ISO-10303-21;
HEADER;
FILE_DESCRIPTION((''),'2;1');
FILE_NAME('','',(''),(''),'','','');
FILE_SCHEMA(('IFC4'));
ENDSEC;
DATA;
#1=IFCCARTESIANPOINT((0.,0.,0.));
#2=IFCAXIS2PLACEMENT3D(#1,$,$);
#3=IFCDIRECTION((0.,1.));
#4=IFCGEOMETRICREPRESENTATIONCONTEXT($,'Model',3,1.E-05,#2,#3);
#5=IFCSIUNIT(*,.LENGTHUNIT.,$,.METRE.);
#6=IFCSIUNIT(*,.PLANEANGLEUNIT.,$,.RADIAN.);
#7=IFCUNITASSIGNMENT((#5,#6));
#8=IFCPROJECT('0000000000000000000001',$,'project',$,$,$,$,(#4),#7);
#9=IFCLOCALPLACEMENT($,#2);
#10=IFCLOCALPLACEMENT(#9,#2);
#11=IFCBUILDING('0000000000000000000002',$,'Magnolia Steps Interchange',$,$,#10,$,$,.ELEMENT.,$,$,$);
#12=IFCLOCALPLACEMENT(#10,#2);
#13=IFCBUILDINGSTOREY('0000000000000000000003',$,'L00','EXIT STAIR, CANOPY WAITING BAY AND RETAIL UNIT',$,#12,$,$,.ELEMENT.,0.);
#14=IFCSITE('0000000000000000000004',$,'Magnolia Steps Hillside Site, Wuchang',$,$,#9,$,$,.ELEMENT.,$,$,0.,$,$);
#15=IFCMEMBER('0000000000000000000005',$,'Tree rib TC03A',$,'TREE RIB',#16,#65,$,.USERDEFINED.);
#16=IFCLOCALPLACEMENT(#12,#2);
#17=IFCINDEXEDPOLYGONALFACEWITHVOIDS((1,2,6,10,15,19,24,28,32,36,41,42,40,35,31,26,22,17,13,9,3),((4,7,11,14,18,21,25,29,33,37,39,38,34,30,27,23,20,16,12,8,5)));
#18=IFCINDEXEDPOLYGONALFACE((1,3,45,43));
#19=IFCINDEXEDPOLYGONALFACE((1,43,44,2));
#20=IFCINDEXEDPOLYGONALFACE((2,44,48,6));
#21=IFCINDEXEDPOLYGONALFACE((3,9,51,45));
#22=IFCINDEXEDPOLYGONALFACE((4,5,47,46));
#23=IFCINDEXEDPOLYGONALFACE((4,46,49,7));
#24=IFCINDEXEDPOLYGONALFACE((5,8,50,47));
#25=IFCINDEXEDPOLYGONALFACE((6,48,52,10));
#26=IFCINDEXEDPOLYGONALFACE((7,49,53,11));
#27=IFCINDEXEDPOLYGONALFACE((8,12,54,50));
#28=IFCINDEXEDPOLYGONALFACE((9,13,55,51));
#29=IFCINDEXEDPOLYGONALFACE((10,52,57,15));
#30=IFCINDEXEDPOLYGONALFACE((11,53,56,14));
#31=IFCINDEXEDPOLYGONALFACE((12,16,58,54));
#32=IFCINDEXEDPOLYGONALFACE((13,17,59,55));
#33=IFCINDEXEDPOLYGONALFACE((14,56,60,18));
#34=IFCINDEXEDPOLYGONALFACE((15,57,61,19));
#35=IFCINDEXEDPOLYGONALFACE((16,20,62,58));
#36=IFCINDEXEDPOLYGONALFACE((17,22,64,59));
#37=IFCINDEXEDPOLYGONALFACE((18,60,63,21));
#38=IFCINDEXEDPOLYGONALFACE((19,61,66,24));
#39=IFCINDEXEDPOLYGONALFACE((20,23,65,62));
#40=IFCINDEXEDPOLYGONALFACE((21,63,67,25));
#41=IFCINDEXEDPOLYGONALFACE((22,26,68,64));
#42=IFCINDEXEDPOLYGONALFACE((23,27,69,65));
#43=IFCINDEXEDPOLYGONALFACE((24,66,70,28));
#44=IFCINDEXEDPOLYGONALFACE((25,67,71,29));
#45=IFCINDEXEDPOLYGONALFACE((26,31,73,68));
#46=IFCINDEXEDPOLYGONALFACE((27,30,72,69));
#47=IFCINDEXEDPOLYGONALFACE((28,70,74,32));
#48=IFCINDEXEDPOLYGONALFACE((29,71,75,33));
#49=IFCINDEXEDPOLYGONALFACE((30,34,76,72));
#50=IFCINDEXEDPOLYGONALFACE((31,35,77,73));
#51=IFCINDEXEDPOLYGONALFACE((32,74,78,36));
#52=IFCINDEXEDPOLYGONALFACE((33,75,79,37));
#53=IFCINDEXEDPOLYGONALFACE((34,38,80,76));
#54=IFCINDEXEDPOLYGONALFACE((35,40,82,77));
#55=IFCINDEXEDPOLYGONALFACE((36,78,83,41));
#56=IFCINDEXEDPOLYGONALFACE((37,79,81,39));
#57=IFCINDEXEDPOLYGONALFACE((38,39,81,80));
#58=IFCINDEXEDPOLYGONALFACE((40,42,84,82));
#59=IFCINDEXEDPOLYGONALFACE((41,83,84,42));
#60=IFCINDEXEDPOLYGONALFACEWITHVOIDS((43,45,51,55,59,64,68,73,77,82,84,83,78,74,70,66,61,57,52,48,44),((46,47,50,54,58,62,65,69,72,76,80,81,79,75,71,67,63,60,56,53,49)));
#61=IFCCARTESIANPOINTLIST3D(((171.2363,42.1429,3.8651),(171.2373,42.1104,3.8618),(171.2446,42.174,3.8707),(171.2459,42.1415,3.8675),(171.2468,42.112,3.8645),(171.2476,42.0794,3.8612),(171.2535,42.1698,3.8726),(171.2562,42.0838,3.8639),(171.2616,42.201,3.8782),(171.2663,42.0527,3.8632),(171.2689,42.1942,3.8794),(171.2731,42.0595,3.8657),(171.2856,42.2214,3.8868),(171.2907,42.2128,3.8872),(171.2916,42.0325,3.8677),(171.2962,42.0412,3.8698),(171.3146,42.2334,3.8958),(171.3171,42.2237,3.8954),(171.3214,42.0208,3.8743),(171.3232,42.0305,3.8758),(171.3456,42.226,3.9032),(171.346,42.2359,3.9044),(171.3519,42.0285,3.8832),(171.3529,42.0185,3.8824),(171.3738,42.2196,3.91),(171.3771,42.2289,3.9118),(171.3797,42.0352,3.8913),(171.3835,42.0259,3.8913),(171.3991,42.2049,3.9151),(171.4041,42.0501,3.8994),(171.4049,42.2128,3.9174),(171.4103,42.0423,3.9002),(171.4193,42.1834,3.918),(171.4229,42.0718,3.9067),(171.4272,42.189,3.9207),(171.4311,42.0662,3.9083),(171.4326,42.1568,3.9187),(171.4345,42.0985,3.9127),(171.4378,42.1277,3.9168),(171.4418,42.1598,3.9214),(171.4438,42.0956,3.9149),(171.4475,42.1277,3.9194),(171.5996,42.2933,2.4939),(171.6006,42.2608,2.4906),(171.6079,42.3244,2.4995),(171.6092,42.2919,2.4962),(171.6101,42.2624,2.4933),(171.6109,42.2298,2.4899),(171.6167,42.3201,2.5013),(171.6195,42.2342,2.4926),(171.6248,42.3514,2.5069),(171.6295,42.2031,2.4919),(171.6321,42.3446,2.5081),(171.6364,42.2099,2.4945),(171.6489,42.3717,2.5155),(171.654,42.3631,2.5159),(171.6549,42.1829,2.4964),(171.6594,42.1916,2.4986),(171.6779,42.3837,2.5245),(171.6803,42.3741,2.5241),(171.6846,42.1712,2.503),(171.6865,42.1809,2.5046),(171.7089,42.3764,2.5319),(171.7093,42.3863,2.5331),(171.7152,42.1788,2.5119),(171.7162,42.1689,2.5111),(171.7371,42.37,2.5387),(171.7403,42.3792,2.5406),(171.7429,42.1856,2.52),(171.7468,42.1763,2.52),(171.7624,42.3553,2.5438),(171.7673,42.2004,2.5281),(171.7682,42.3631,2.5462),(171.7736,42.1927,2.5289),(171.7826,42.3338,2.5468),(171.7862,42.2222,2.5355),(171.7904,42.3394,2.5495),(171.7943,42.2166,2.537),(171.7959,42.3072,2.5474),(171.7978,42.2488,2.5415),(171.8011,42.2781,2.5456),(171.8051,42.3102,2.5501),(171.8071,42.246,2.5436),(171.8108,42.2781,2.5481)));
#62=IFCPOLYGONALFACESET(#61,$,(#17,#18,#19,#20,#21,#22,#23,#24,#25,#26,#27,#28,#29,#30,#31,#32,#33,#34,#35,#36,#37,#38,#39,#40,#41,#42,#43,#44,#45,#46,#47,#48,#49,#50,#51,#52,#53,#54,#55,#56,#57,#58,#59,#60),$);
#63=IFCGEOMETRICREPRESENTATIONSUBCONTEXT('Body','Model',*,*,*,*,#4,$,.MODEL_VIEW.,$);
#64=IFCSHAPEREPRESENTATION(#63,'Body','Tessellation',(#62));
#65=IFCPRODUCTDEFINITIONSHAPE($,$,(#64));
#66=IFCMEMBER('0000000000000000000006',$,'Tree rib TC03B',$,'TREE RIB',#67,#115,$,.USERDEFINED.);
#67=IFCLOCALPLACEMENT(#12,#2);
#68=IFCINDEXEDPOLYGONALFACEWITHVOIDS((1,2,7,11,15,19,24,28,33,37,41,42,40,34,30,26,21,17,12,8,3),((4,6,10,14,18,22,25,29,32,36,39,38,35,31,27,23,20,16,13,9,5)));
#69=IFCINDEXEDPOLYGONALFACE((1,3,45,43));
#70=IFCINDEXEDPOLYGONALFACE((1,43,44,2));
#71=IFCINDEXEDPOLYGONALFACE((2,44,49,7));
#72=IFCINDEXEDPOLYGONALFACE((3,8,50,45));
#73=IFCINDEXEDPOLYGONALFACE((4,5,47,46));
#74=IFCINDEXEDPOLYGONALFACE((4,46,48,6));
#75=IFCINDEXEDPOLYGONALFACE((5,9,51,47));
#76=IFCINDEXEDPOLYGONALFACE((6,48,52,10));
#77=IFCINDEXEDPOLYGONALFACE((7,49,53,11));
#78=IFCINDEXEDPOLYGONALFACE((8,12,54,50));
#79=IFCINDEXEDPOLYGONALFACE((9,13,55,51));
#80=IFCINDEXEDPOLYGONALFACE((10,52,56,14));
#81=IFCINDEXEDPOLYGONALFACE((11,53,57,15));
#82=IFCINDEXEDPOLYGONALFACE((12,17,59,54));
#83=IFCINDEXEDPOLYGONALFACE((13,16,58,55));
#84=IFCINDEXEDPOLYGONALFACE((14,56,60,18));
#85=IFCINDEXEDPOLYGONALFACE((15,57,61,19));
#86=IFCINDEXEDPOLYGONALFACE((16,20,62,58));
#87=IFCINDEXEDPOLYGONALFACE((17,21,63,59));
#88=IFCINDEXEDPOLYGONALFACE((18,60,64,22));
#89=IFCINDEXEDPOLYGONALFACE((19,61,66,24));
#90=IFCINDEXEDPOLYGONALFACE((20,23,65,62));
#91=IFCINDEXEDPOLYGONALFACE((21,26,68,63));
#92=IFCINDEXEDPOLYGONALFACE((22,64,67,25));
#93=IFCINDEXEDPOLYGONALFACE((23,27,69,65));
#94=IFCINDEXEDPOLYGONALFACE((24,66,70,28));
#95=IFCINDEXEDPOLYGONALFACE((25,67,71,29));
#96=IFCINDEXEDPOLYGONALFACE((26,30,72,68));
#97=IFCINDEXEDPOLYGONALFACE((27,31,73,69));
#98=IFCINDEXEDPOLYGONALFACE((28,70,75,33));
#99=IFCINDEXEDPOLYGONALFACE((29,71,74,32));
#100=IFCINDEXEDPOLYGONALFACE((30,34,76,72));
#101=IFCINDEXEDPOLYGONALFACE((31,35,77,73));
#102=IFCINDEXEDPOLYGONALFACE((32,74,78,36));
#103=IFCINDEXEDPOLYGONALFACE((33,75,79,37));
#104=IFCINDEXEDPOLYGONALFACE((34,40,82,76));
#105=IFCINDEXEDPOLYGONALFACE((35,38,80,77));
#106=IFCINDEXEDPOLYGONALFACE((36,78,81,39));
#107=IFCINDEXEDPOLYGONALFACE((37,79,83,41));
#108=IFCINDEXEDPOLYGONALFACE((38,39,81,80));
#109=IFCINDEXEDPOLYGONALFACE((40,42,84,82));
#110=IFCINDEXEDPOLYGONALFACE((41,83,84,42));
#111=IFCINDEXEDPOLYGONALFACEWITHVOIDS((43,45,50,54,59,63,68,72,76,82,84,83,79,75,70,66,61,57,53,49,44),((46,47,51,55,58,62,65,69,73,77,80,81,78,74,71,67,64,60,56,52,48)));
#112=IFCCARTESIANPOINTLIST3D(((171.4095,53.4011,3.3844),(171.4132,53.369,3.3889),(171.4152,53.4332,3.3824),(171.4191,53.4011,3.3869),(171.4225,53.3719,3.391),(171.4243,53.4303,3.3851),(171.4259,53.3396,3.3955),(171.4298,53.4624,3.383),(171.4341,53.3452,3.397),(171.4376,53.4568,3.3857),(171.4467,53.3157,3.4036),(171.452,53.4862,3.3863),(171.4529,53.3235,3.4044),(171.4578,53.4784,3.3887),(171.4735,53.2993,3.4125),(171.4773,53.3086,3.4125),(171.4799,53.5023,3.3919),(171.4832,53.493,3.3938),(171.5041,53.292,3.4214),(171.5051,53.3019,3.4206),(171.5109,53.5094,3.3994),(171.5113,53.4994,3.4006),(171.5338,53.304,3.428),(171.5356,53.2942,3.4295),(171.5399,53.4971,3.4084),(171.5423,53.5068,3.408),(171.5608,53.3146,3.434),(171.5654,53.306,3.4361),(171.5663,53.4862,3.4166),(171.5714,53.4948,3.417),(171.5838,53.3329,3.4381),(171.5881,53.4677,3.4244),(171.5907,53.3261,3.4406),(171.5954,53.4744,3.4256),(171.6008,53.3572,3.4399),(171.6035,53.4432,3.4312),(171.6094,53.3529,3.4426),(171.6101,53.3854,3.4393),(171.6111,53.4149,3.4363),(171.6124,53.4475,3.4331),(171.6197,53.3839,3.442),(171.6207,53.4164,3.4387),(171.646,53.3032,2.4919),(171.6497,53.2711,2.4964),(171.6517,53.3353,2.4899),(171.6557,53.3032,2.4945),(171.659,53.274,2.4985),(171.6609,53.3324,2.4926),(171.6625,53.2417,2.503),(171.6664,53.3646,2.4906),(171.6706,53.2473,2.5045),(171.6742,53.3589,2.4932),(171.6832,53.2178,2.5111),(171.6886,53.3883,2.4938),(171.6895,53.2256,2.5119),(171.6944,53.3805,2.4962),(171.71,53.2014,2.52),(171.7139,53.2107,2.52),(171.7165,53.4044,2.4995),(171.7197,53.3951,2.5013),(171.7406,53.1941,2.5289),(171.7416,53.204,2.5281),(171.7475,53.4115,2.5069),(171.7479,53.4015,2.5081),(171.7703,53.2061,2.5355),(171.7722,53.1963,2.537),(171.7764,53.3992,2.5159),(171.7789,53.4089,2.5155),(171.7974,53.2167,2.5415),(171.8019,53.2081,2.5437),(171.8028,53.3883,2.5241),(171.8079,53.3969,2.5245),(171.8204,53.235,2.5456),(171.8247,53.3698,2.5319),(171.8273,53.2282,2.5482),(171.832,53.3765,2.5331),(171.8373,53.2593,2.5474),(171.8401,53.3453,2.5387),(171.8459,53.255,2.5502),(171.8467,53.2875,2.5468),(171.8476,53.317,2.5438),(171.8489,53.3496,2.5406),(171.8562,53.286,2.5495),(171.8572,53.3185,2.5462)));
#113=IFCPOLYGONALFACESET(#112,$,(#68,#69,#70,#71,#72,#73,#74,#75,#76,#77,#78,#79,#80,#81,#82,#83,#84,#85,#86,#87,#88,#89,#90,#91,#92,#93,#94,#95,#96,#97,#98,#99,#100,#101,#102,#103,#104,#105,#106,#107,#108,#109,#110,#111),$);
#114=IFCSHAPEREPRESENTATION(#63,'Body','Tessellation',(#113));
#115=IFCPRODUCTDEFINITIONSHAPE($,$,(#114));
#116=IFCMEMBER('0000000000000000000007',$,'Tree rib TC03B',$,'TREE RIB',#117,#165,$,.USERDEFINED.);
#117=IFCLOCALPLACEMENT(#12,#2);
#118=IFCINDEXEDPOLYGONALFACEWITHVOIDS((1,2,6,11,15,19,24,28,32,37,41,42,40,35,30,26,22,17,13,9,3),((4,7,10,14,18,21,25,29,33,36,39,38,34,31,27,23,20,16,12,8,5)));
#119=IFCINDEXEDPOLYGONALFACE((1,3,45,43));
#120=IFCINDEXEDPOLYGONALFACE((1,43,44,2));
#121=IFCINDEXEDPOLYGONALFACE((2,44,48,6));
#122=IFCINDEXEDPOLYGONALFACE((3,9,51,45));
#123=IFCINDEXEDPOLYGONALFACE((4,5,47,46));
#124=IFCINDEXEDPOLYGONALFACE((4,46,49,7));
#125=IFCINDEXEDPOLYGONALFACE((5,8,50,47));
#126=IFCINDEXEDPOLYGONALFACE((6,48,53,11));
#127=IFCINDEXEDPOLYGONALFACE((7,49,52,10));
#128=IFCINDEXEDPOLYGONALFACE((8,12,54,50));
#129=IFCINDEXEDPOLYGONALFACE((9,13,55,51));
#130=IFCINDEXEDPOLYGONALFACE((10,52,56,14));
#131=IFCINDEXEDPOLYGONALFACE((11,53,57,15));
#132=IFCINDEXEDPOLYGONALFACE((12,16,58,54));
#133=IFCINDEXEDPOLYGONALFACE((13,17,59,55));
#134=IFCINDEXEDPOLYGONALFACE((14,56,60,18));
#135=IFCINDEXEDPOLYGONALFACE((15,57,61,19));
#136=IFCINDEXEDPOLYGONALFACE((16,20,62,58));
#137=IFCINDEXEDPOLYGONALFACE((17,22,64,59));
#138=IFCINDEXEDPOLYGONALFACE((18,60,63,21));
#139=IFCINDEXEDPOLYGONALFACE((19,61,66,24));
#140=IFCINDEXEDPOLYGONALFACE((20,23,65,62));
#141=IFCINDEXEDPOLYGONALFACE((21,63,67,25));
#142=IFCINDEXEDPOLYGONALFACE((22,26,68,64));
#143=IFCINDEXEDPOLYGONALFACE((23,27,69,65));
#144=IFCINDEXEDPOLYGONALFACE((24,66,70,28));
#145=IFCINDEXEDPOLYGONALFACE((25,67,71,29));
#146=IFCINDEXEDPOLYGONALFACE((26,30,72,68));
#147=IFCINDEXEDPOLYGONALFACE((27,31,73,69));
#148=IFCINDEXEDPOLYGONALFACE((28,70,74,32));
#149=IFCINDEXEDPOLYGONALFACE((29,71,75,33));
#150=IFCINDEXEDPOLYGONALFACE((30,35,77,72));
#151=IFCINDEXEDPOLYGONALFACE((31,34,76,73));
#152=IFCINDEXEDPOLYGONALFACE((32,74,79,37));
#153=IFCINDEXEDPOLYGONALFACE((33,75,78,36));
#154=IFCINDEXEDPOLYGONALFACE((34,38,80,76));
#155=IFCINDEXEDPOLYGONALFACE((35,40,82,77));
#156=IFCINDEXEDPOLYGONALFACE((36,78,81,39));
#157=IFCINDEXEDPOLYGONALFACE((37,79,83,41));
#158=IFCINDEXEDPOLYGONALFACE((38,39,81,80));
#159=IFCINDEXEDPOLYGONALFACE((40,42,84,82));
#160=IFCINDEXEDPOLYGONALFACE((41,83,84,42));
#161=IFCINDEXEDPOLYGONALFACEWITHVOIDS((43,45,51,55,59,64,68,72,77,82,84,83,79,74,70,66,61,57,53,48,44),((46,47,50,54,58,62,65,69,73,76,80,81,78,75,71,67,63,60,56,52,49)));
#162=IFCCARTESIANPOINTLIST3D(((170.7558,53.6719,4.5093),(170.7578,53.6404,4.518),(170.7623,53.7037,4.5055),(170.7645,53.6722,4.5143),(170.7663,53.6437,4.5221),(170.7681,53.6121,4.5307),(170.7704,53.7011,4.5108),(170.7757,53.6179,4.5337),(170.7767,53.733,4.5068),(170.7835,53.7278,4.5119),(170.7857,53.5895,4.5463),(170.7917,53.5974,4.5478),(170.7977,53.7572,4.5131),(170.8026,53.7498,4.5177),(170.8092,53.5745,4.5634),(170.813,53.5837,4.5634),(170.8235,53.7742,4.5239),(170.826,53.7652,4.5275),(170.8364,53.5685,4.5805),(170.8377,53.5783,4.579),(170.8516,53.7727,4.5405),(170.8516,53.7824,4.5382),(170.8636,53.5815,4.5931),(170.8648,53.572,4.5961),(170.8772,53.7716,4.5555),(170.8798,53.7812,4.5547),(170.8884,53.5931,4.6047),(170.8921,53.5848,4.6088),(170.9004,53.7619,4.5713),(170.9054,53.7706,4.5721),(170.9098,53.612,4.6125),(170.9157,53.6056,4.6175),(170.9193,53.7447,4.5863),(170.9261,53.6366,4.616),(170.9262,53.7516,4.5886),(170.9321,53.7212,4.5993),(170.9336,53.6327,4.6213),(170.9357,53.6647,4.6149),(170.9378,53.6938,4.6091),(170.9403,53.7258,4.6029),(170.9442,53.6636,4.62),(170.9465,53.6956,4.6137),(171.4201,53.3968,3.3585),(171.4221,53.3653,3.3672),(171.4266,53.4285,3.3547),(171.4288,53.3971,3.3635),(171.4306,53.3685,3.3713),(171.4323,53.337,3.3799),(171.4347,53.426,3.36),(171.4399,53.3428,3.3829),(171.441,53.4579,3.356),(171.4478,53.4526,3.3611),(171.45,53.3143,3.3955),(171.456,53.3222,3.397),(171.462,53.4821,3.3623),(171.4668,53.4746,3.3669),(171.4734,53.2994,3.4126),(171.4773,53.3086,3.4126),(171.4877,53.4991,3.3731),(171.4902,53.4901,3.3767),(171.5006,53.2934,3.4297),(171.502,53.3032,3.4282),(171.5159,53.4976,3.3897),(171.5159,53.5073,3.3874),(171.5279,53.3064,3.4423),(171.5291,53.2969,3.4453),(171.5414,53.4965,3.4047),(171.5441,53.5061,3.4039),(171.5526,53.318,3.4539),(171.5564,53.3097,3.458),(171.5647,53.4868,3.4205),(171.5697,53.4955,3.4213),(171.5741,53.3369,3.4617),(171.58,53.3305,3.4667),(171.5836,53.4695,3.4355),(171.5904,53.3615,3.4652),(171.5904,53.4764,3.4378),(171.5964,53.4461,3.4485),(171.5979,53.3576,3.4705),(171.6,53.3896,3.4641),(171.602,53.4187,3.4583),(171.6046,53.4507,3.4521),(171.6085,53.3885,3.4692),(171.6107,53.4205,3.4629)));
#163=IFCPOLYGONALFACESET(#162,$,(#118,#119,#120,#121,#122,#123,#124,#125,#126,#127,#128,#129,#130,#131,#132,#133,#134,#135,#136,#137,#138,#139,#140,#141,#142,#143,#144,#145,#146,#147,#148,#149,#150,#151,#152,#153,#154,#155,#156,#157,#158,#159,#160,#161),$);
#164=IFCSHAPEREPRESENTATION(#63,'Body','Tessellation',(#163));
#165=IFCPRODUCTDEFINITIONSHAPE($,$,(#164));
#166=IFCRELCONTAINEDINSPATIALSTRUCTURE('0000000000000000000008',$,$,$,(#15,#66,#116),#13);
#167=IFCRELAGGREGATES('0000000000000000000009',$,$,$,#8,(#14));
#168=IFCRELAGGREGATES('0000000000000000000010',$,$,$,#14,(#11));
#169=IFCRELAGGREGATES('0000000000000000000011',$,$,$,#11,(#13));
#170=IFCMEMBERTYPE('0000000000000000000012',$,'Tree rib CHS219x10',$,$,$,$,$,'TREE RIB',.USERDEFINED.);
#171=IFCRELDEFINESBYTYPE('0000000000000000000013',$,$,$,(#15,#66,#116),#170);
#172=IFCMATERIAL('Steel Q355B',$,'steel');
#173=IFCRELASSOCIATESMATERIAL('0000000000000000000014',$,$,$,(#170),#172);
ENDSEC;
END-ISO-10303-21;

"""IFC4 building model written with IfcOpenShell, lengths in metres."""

from ifc_helpers import new_model, si_unit, direction, frame, origin, origin_2d, place, context, subcontext, project, spatial, hollow_circle, extrude, material, material_profile, profile_set, type_object, element, save


model = new_model("IFC4")

# Units and contexts
model_context = context("Model", 3, precision=1e-05, world=origin(), true_north=direction((0.0, 1.0)))
body_context = subcontext(model_context, "Body", "Model", "MODEL_VIEW")
ifc_project = project(units=[si_unit("LENGTHUNIT", "METRE"), si_unit("PLANEANGLEUNIT", "RADIAN")], contexts=[model_context])

# Site, building, storey
site_placement = place(None, origin())
site = spatial("IfcSite", under=ifc_project, at=site_placement, Name="Magnolia Steps Hillside Site, Wuchang", CompositionType="ELEMENT", RefElevation=0.0)
building_placement = place(site_placement, origin())
building = spatial("IfcBuilding", under=site, at=building_placement, Name="Magnolia Steps Interchange", CompositionType="ELEMENT")
storey_placement = place(building_placement, origin())
storey = spatial("IfcBuildingStorey", under=building, at=storey_placement, Name="L00", Description="EXIT STAIR, CANOPY WAITING BAY AND RETAIL UNIT", CompositionType="ELEMENT", Elevation=0.0)

# Members
ifc_material_1 = material(Name="Steel Q355B", Category="steel")
ifc_material_profile_1 = material_profile(ifc_material_1, hollow_circle(Radius=0.1096, WallThickness=0.01, at=origin_2d()), Name="CHS219x10")
ifc_profile_set_1 = profile_set([ifc_material_profile_1], Name="Steel Q355B")
member_type = type_object("IfcMemberType", Name="Tree rib CHS219x10", ElementType="TREE RIB", PredefinedType="USERDEFINED", material=ifc_profile_set_1)
member_1_placement = place(storey_placement, frame((171.7048, 42.2776, 2.52), z_axis=(-0.25465, -0.10542, 0.96127), x_axis=(0.382498, -0.923956, 0.0)))
element("IfcMember", 1, at=member_1_placement, inside=storey, type_object=member_type, Name="Tree rib TC03A", ObjectType="TREE RIB", PredefinedType="USERDEFINED", context=body_context, shape_type="SweptSolid", body=[
    extrude(hollow_circle(Radius=0.1096, WallThickness=0.01, at=origin_2d()), origin(), (0.0, 0.0, 1.0), 1.4265),
])
member_2_placement = place(storey_placement, frame((171.752, 53.3027, 2.52), z_axis=(-0.25477, 0.105431, 0.961237), x_axis=(-0.38238, -0.924005, 0.0)))
element("IfcMember", 2, at=member_2_placement, inside=storey, type_object=member_type, Name="Tree rib TC03B", ObjectType="TREE RIB", PredefinedType="USERDEFINED", context=body_context, shape_type="SweptSolid", body=[
    extrude(hollow_circle(Radius=0.1096, WallThickness=0.01, at=origin_2d()), origin(), (0.0, 0.0, 1.0), 0.9285),
])
member_3_placement = place(storey_placement, frame((171.5154, 53.4006, 3.4126), z_axis=(-0.48953, 0.202756, 0.848086), x_axis=(-0.382662, -0.923889, 0.0)))
element("IfcMember", 3, at=member_3_placement, inside=storey, type_object=member_type, Name="Tree rib TC03B", ObjectType="TREE RIB", PredefinedType="USERDEFINED", context=body_context, shape_type="SweptSolid", body=[
    extrude(hollow_circle(Radius=0.1096, WallThickness=0.01, at=origin_2d()), origin(), (0.0, 0.0, 1.0), 1.3569),
])

save(model, "model.ifc")
